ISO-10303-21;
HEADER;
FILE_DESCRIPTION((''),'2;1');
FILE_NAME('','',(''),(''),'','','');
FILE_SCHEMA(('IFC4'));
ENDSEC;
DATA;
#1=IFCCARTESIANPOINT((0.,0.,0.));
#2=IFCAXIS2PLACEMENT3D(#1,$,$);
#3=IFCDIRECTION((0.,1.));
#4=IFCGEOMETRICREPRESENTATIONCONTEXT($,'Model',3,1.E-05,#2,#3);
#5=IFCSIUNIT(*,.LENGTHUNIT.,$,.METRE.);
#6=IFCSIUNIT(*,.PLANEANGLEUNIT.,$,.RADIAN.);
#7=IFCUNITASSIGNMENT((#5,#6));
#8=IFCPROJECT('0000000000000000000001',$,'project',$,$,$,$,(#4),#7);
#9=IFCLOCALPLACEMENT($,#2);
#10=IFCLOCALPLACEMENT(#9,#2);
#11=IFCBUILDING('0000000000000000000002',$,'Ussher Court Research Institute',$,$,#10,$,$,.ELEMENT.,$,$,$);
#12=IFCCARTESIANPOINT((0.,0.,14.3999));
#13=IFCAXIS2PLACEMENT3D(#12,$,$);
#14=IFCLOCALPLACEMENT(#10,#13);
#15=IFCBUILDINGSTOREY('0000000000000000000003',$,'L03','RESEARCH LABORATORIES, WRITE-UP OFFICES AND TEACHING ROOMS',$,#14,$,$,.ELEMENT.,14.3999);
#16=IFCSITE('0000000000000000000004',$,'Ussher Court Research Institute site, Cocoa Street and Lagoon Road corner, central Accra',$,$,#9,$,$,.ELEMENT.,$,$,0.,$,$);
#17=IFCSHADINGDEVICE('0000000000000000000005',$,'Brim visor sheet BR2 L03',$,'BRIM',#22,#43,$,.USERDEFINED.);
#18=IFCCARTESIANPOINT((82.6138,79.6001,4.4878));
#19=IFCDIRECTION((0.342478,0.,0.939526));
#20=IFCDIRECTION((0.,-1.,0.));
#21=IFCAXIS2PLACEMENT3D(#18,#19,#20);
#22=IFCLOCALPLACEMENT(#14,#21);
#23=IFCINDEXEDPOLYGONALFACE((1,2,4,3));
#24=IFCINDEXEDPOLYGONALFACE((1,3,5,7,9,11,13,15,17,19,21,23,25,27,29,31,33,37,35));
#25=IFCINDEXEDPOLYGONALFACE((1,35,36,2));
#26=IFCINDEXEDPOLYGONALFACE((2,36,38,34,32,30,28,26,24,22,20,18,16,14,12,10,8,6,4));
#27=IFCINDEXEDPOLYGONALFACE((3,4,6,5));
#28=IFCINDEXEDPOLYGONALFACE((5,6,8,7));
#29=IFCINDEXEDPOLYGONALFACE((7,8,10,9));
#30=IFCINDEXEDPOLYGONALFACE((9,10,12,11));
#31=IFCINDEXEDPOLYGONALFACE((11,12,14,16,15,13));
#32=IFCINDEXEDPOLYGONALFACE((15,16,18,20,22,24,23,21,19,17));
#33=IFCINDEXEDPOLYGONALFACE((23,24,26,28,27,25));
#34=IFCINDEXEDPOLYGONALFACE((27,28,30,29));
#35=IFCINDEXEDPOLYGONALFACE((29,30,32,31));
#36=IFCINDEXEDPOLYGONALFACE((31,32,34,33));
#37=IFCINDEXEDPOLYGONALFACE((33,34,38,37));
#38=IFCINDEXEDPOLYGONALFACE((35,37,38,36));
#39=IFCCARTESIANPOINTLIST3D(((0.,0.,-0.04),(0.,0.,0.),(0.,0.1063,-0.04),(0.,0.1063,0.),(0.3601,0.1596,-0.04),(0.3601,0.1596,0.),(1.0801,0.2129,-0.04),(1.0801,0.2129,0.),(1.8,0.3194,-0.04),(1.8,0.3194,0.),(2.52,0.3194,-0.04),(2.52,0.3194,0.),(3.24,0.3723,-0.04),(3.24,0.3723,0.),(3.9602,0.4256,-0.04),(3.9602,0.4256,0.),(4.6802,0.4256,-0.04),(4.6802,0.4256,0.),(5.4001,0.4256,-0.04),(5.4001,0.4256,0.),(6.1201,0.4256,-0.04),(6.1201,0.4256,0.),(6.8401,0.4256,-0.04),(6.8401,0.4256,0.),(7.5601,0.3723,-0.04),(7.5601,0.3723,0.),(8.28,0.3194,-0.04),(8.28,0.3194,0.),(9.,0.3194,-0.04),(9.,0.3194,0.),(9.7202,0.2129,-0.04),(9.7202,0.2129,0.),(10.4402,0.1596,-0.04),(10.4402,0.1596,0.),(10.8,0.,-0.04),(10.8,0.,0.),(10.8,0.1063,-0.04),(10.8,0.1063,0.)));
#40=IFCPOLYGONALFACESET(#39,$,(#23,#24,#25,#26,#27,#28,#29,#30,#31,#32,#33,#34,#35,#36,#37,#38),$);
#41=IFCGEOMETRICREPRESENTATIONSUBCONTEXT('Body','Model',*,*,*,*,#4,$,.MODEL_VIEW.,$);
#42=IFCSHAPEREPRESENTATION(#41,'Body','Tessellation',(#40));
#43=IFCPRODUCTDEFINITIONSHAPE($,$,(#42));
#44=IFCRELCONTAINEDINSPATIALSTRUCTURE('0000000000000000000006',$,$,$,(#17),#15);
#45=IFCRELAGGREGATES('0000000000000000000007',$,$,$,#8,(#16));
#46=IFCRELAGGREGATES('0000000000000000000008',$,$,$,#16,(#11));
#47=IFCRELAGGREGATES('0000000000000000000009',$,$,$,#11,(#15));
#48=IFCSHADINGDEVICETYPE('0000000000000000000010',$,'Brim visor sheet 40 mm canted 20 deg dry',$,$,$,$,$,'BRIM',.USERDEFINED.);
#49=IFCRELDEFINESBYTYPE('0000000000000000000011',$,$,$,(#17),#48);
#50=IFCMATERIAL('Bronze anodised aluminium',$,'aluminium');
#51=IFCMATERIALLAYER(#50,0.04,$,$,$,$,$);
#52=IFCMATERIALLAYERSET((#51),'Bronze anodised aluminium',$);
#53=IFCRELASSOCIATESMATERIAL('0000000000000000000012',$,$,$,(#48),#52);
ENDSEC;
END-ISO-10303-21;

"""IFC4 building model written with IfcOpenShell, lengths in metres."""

from ifc_helpers import new_model, si_unit, direction, frame, origin, place, context, subcontext, project, spatial, polyline, outline, extrude, material, layer, layer_set, type_object, element, save


model = new_model("IFC4")

# Units and contexts
model_context = context("Model", 3, precision=1e-05, world=origin(), true_north=direction((0.0, 1.0)))
body_context = subcontext(model_context, "Body", "Model", "MODEL_VIEW")
ifc_project = project(units=[si_unit("LENGTHUNIT", "METRE"), si_unit("PLANEANGLEUNIT", "RADIAN")], contexts=[model_context])

# Site, building, storey
site_placement = place(None, origin())
site = spatial("IfcSite", under=ifc_project, at=site_placement, Name="Ussher Court Research Institute site, Cocoa Street and Lagoon Road corner, central Accra", CompositionType="ELEMENT", RefElevation=0.0)
building_placement = place(site_placement, origin())
building = spatial("IfcBuilding", under=site, at=building_placement, Name="Ussher Court Research Institute", CompositionType="ELEMENT")
storey_placement = place(building_placement, frame((0.0, 0.0, 14.3999)))
storey = spatial("IfcBuildingStorey", under=building, at=storey_placement, Name="L03", Description="RESEARCH LABORATORIES, WRITE-UP OFFICES AND TEACHING ROOMS", CompositionType="ELEMENT", Elevation=14.3999)

# Shading device
ifc_material_1 = material(Name="Bronze anodised aluminium", Category="aluminium")
ifc_layer_1 = layer(ifc_material_1, 0.04)
ifc_layer_set_1 = layer_set([ifc_layer_1], Name="Bronze anodised aluminium")
shading_device_type_1 = type_object("IfcShadingDeviceType", Name="Brim visor sheet 40 mm canted 20 deg dry", ElementType="BRIM", PredefinedType="USERDEFINED", material=ifc_layer_set_1)
shading_device_placement = place(storey_placement, frame((82.6138, 79.6001, 4.4878), z_axis=(0.342478, 0.0, 0.939526), x_axis=(0.0, -1.0, 0.0)))
element("IfcShadingDevice", 1, at=shading_device_placement, inside=storey, type_object=shading_device_type_1, Name="Brim visor sheet BR2 L03", ObjectType="BRIM", PredefinedType="USERDEFINED", context=body_context, shape_type="SweptSolid", body=[
    extrude(outline(polyline([(0.0, 0.0), (10.8, 0.0), (10.8, 0.1063), (10.4402, 0.1596), (9.7202, 0.2129), (9.0, 0.3194), (8.28, 0.3194), (7.5601, 0.3723), (6.8401, 0.4256), (6.1201, 0.4256), (5.4001, 0.4256), (4.6802, 0.4256), (3.9602, 0.4256), (3.24, 0.3723), (2.52, 0.3194), (1.8, 0.3194), (1.0801, 0.2129), (0.3601, 0.1596), (0.0, 0.1063), (0.0, 0.0)])), origin(), (0.0, 0.0, -1.0), 0.04),
])

save(model, "model.ifc")
